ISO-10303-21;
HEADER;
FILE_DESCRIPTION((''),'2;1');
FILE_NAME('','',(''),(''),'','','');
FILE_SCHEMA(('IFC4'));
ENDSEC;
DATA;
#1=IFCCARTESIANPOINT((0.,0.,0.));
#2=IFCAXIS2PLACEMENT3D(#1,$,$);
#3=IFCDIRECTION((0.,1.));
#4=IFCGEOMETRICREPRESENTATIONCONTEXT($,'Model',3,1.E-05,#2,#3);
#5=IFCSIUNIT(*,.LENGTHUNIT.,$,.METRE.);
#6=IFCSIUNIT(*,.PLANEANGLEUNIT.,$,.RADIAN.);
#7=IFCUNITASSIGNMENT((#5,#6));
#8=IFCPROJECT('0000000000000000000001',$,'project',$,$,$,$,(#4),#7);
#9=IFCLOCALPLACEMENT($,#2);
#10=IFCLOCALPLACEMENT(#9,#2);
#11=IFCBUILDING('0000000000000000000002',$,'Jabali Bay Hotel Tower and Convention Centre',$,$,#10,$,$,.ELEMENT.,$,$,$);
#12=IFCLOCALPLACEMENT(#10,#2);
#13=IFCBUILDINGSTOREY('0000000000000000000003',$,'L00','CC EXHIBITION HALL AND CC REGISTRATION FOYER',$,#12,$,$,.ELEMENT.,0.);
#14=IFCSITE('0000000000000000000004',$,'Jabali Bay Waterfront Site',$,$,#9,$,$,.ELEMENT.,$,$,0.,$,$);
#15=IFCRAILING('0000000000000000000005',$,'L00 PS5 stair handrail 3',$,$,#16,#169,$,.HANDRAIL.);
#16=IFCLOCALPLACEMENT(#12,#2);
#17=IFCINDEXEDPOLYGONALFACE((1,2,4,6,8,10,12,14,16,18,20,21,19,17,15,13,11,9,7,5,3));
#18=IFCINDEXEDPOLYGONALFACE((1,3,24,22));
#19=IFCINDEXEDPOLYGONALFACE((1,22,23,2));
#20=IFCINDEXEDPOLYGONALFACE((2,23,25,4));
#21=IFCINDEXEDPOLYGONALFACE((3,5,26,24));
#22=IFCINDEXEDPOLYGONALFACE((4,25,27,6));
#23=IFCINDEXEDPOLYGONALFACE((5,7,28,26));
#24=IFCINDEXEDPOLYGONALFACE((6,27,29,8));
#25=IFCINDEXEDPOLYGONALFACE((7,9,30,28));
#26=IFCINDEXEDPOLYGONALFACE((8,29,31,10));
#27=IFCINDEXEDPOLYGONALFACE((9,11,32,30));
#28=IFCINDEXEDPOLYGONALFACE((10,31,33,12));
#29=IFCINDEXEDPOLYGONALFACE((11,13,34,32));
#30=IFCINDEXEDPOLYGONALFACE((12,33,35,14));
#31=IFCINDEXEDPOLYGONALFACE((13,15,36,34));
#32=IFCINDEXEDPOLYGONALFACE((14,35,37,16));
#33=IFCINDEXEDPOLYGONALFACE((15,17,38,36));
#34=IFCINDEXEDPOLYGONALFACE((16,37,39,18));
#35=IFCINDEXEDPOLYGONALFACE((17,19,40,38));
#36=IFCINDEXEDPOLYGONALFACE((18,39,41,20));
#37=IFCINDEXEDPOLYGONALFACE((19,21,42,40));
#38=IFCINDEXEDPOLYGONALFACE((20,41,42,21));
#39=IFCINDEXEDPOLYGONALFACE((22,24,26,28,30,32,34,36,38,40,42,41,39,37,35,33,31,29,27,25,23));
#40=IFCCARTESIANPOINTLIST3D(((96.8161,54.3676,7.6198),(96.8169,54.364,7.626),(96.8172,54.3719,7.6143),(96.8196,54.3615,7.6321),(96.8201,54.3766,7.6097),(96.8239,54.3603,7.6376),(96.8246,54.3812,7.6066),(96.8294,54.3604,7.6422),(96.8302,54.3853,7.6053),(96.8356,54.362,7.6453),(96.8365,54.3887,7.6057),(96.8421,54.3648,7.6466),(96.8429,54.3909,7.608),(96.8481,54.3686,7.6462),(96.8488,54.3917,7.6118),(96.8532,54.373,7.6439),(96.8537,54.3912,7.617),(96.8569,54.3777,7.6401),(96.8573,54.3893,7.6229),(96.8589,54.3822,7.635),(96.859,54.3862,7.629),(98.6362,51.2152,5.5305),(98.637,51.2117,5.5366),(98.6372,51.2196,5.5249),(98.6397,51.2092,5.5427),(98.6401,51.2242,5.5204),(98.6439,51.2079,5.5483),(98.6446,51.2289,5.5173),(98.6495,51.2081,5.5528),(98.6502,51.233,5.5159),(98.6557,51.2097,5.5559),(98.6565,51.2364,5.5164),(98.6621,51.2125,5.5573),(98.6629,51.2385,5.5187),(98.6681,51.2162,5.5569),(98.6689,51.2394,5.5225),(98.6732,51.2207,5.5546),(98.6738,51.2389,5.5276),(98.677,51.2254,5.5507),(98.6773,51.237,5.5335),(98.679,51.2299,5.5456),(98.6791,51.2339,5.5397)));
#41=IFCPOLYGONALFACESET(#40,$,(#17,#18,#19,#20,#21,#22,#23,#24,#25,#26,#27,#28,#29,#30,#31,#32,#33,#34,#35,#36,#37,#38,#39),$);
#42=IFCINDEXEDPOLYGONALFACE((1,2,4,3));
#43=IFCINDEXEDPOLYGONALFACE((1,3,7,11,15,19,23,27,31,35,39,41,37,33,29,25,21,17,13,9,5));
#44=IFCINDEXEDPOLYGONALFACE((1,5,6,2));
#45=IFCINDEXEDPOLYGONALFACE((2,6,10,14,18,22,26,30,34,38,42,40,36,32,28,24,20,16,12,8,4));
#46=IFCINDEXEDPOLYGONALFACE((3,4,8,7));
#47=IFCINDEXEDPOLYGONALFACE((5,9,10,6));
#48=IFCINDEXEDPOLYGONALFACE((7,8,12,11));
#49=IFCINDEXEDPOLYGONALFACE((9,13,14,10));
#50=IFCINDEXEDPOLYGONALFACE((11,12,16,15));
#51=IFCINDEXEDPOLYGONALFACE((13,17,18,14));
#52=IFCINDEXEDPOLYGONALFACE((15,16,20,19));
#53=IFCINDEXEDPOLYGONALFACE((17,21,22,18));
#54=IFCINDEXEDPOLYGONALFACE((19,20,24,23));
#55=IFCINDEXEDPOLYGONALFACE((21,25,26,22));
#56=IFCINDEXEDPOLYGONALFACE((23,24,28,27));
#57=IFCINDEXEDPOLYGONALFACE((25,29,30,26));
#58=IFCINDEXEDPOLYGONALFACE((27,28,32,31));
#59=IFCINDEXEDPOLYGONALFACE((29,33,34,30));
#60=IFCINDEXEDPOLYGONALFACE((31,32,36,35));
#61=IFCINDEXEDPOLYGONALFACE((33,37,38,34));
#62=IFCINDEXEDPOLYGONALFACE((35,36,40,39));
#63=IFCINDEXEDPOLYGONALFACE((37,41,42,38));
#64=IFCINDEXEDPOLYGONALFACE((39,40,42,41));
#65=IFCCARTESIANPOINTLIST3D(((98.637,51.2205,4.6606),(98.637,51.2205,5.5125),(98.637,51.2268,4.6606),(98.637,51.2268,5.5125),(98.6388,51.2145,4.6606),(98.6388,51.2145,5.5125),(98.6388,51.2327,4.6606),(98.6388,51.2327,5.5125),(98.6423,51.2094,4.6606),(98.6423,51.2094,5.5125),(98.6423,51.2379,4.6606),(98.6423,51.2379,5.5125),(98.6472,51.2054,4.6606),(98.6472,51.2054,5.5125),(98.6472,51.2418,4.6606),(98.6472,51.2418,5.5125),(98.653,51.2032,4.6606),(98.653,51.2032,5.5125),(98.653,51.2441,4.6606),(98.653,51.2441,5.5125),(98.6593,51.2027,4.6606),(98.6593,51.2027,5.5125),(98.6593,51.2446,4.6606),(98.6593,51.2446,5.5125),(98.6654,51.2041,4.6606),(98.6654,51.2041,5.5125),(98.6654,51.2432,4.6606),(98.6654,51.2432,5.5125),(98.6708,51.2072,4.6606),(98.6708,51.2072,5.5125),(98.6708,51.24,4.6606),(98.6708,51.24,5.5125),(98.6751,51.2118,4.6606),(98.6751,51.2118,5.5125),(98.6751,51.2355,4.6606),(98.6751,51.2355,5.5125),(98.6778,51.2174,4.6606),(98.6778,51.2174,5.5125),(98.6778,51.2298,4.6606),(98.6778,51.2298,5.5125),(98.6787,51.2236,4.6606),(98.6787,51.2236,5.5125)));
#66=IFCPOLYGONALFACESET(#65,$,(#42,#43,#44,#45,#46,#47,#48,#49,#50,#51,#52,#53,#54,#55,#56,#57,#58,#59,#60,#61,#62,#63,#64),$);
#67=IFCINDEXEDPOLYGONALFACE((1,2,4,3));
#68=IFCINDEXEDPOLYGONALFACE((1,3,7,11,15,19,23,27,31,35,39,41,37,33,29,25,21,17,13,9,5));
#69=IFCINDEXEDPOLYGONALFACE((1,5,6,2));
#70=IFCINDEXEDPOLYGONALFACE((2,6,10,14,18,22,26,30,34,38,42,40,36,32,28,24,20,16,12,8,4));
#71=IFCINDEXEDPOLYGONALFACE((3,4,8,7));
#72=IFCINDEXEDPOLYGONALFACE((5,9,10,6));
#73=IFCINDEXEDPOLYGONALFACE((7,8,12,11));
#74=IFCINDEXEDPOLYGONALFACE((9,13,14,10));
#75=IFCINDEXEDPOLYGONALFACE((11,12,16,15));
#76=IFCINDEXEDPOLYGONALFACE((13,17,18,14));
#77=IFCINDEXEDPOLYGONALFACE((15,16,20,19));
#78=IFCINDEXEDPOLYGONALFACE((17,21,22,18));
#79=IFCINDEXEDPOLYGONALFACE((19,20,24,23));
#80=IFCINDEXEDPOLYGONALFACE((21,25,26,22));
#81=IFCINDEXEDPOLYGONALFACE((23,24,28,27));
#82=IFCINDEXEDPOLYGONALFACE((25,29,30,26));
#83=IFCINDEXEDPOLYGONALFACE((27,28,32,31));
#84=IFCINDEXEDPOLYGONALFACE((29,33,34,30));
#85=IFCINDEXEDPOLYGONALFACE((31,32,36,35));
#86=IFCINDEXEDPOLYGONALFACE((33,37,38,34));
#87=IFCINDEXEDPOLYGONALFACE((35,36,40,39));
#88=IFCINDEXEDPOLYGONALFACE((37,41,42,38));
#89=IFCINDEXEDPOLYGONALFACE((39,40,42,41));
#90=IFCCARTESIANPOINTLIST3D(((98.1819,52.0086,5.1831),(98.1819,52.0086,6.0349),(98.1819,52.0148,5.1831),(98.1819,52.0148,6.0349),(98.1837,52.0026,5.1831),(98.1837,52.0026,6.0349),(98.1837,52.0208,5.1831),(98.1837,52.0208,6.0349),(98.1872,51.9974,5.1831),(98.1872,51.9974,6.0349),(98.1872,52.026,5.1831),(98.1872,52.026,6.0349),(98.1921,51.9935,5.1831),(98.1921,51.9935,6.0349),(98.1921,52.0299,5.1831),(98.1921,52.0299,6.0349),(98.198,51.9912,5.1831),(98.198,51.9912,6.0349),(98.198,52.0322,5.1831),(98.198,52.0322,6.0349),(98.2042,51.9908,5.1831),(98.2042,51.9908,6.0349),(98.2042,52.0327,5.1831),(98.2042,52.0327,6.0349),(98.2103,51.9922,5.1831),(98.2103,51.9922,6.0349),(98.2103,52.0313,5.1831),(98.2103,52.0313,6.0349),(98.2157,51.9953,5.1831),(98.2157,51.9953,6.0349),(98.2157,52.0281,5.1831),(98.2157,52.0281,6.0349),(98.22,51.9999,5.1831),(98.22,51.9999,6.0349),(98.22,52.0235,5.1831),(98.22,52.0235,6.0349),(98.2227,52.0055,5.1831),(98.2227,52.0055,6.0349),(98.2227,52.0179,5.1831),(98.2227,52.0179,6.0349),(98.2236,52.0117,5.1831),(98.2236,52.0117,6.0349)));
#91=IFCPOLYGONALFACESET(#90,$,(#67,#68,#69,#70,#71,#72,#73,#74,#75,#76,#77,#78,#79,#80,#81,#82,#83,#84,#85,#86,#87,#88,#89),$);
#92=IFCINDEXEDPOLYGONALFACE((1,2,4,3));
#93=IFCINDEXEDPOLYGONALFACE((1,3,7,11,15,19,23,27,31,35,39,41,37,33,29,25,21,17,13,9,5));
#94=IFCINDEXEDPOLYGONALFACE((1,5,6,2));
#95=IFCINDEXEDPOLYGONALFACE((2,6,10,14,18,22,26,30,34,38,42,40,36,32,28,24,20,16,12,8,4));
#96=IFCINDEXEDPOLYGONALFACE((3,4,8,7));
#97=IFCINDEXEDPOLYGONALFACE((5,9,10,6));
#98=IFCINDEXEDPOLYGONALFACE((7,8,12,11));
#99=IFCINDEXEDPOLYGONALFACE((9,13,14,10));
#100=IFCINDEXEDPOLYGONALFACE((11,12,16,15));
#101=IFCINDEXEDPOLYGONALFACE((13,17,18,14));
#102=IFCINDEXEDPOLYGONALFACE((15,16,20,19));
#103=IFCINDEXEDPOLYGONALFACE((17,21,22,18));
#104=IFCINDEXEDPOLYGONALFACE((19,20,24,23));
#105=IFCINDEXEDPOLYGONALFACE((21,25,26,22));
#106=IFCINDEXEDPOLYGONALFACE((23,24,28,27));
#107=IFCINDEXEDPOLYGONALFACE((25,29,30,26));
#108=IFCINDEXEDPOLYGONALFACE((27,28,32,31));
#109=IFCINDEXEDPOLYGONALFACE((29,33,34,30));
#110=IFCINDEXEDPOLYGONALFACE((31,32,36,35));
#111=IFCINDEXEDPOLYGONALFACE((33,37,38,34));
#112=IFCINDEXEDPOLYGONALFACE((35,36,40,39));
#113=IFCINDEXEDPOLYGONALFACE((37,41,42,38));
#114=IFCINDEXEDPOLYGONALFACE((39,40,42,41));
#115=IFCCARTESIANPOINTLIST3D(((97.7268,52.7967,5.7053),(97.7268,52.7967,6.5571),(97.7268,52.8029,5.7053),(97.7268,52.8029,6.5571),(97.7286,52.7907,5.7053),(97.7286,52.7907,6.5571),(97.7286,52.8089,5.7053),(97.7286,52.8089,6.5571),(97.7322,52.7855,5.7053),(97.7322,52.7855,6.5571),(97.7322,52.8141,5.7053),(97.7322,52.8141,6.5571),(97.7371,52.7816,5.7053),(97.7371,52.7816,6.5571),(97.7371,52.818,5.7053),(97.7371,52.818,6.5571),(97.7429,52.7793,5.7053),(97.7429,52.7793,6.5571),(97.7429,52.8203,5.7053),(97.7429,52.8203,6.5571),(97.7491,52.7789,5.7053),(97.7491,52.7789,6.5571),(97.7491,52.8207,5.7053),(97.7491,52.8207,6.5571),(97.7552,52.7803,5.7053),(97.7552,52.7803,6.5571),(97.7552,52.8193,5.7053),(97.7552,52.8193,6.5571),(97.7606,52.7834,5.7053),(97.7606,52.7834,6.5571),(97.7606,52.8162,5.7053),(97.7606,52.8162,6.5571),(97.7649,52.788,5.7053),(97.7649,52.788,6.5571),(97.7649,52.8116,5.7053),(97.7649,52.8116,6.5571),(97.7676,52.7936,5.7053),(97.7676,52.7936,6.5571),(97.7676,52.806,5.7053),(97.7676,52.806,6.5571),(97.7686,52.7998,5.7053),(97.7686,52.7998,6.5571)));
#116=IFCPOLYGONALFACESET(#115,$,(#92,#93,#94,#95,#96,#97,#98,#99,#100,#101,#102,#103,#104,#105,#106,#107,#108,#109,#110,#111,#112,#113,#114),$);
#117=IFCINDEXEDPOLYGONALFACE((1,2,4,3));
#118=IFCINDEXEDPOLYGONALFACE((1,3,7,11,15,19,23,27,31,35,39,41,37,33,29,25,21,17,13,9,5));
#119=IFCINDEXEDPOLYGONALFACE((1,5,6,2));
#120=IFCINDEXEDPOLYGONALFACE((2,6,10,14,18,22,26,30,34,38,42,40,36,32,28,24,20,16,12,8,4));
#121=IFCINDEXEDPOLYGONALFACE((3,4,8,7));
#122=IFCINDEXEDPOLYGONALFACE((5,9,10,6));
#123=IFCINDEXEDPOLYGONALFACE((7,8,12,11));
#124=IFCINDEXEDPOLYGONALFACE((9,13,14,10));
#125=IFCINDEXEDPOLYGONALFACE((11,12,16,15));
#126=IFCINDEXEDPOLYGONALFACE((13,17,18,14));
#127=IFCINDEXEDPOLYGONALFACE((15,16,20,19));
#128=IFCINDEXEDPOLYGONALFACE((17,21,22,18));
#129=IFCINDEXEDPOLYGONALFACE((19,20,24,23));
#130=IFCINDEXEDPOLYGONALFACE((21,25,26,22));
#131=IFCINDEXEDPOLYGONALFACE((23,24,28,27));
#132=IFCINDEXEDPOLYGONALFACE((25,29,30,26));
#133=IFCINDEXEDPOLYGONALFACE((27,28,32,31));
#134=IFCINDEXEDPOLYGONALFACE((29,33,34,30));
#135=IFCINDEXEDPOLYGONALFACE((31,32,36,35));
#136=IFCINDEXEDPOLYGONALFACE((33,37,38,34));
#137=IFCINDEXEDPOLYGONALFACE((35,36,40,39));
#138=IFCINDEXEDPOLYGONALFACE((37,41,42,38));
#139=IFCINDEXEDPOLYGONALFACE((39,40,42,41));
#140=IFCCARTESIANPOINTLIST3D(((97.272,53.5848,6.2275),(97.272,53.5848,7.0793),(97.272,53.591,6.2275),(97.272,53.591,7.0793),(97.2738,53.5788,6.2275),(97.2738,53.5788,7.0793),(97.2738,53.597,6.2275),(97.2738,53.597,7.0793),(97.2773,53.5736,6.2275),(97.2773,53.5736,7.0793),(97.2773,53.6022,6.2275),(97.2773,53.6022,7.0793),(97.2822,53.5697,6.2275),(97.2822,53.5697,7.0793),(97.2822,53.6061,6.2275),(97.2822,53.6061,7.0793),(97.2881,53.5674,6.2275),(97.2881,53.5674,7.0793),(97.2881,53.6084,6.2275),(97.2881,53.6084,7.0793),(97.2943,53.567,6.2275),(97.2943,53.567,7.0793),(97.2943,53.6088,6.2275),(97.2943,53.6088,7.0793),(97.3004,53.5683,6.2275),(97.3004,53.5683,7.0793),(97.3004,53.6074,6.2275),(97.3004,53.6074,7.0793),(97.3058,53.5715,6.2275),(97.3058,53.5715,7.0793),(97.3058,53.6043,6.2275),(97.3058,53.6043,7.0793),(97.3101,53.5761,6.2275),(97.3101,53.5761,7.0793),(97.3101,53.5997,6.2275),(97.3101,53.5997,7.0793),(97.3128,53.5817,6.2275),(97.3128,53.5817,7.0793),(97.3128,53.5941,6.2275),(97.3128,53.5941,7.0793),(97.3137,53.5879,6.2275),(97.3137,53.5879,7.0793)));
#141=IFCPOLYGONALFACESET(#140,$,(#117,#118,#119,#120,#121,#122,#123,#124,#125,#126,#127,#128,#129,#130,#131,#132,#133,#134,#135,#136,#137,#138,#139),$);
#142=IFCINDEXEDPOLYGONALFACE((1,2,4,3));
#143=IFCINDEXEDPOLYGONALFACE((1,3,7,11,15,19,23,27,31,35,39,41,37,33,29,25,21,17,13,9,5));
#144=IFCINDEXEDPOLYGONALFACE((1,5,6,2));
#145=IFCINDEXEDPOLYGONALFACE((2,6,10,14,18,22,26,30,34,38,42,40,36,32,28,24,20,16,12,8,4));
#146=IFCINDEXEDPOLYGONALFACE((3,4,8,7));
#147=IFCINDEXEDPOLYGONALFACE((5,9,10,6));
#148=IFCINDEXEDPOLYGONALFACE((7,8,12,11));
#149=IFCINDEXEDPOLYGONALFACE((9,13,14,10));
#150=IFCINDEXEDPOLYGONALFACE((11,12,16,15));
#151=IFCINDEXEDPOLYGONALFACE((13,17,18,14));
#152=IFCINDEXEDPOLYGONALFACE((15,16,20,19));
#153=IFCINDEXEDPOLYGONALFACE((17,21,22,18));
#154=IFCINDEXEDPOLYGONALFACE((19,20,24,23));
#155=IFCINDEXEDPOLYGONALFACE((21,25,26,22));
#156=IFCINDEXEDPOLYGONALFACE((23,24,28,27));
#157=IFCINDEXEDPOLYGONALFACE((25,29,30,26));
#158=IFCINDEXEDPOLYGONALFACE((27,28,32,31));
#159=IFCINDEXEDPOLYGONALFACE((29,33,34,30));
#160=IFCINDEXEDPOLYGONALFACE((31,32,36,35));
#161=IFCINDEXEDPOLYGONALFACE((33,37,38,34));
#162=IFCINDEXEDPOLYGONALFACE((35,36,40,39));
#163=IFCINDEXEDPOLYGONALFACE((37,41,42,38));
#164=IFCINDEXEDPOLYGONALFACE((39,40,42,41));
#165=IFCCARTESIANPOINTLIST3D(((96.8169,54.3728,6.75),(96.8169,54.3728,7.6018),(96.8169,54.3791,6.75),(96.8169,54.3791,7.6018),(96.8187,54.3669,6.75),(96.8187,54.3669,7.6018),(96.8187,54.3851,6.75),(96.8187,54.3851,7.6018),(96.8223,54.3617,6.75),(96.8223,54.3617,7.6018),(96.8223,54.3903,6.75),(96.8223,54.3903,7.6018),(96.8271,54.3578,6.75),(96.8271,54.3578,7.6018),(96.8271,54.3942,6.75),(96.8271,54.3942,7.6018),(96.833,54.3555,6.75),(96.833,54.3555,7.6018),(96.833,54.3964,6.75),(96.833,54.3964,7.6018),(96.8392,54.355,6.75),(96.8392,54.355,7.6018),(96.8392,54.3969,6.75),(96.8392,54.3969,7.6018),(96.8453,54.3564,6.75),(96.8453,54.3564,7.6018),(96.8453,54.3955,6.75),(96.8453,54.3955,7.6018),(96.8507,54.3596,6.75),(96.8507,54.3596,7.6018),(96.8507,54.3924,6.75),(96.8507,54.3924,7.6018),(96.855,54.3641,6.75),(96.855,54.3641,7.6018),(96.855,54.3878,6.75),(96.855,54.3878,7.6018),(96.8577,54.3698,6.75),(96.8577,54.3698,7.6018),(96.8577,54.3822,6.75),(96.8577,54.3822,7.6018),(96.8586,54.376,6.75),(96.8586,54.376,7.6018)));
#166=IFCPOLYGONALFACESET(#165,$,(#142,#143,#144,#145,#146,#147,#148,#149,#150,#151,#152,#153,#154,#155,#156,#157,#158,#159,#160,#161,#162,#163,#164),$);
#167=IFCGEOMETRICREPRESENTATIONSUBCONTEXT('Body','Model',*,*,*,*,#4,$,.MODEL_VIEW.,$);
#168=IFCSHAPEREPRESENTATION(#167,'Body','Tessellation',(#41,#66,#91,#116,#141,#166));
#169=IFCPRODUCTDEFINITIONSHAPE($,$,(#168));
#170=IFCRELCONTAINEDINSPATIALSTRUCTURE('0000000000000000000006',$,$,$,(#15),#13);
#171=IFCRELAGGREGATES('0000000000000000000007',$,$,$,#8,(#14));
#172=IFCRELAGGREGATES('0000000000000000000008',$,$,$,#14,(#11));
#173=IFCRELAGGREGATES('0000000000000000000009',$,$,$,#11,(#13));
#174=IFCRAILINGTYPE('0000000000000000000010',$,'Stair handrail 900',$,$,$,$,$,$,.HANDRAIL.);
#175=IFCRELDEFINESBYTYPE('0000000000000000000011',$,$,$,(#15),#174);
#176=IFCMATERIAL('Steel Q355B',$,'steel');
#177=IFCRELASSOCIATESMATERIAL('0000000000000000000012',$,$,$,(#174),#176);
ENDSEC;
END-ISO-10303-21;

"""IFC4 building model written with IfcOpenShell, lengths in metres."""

from ifc_helpers import new_model, si_unit, direction, frame, origin, origin_2d, place, context, subcontext, project, spatial, circle, extrude, material, type_object, element, save


model = new_model("IFC4")

# Units and contexts
model_context = context("Model", 3, precision=1e-05, world=origin(), true_north=direction((0.0, 1.0)))
body_context = subcontext(model_context, "Body", "Model", "MODEL_VIEW")
ifc_project = project(units=[si_unit("LENGTHUNIT", "METRE"), si_unit("PLANEANGLEUNIT", "RADIAN")], contexts=[model_context])

# Site, building, storey
site_placement = place(None, origin())
site = spatial("IfcSite", under=ifc_project, at=site_placement, Name="Jabali Bay Waterfront Site", CompositionType="ELEMENT", RefElevation=0.0)
building_placement = place(site_placement, origin())
building = spatial("IfcBuilding", under=site, at=building_placement, Name="Jabali Bay Hotel Tower and Convention Centre", CompositionType="ELEMENT")
storey_placement = place(building_placement, origin())
storey = spatial("IfcBuildingStorey", under=building, at=storey_placement, Name="L00", Description="CC EXHIBITION HALL AND CC REGISTRATION FOYER", CompositionType="ELEMENT", Elevation=0.0)

# Railing
ifc_material_1 = material(Name="Steel Q355B", Category="steel")
railing_type = type_object("IfcRailingType", Name="Stair handrail 900", PredefinedType="HANDRAIL", material=ifc_material_1)
for number, where, name in (
    (1, (98.6577, 51.2236, 4.6606), "L00 PS5 stair handrail 3"),
):
    element("IfcRailing", number, at=place(storey_placement, frame(where)), inside=storey, type_object=railing_type, Name=name, PredefinedType="HANDRAIL", context=body_context, shape_type="SweptSolid", body=[
        extrude(circle(Radius=0.0239, at=origin_2d()), frame((0.0, 0.0, 0.876), z_axis=(-0.433653, 0.751084, 0.497814), x_axis=(-0.866018, -0.500013, 0.0)), (0.0, 0.0, 1.0), 4.197),
        extrude(circle(Radius=0.021, at=origin_2d()), origin(), (0.0, 0.0, 1.0), 0.8518),
        extrude(circle(Radius=0.021, at=origin_2d()), frame((-0.4551, 0.7881, 0.5225)), (0.0, 0.0, 1.0), 0.8518),
        extrude(circle(Radius=0.021, at=origin_2d()), frame((-0.9102, 1.5762, 1.0447)), (0.0, 0.0, 1.0), 0.8518),
        extrude(circle(Radius=0.021, at=origin_2d()), frame((-1.365, 2.3643, 1.5669)), (0.0, 0.0, 1.0), 0.8518),
        extrude(circle(Radius=0.021, at=origin_2d()), frame((-1.8201, 3.1523, 2.0894)), (0.0, 0.0, 1.0), 0.8518),
    ])

save(model, "model.ifc")
